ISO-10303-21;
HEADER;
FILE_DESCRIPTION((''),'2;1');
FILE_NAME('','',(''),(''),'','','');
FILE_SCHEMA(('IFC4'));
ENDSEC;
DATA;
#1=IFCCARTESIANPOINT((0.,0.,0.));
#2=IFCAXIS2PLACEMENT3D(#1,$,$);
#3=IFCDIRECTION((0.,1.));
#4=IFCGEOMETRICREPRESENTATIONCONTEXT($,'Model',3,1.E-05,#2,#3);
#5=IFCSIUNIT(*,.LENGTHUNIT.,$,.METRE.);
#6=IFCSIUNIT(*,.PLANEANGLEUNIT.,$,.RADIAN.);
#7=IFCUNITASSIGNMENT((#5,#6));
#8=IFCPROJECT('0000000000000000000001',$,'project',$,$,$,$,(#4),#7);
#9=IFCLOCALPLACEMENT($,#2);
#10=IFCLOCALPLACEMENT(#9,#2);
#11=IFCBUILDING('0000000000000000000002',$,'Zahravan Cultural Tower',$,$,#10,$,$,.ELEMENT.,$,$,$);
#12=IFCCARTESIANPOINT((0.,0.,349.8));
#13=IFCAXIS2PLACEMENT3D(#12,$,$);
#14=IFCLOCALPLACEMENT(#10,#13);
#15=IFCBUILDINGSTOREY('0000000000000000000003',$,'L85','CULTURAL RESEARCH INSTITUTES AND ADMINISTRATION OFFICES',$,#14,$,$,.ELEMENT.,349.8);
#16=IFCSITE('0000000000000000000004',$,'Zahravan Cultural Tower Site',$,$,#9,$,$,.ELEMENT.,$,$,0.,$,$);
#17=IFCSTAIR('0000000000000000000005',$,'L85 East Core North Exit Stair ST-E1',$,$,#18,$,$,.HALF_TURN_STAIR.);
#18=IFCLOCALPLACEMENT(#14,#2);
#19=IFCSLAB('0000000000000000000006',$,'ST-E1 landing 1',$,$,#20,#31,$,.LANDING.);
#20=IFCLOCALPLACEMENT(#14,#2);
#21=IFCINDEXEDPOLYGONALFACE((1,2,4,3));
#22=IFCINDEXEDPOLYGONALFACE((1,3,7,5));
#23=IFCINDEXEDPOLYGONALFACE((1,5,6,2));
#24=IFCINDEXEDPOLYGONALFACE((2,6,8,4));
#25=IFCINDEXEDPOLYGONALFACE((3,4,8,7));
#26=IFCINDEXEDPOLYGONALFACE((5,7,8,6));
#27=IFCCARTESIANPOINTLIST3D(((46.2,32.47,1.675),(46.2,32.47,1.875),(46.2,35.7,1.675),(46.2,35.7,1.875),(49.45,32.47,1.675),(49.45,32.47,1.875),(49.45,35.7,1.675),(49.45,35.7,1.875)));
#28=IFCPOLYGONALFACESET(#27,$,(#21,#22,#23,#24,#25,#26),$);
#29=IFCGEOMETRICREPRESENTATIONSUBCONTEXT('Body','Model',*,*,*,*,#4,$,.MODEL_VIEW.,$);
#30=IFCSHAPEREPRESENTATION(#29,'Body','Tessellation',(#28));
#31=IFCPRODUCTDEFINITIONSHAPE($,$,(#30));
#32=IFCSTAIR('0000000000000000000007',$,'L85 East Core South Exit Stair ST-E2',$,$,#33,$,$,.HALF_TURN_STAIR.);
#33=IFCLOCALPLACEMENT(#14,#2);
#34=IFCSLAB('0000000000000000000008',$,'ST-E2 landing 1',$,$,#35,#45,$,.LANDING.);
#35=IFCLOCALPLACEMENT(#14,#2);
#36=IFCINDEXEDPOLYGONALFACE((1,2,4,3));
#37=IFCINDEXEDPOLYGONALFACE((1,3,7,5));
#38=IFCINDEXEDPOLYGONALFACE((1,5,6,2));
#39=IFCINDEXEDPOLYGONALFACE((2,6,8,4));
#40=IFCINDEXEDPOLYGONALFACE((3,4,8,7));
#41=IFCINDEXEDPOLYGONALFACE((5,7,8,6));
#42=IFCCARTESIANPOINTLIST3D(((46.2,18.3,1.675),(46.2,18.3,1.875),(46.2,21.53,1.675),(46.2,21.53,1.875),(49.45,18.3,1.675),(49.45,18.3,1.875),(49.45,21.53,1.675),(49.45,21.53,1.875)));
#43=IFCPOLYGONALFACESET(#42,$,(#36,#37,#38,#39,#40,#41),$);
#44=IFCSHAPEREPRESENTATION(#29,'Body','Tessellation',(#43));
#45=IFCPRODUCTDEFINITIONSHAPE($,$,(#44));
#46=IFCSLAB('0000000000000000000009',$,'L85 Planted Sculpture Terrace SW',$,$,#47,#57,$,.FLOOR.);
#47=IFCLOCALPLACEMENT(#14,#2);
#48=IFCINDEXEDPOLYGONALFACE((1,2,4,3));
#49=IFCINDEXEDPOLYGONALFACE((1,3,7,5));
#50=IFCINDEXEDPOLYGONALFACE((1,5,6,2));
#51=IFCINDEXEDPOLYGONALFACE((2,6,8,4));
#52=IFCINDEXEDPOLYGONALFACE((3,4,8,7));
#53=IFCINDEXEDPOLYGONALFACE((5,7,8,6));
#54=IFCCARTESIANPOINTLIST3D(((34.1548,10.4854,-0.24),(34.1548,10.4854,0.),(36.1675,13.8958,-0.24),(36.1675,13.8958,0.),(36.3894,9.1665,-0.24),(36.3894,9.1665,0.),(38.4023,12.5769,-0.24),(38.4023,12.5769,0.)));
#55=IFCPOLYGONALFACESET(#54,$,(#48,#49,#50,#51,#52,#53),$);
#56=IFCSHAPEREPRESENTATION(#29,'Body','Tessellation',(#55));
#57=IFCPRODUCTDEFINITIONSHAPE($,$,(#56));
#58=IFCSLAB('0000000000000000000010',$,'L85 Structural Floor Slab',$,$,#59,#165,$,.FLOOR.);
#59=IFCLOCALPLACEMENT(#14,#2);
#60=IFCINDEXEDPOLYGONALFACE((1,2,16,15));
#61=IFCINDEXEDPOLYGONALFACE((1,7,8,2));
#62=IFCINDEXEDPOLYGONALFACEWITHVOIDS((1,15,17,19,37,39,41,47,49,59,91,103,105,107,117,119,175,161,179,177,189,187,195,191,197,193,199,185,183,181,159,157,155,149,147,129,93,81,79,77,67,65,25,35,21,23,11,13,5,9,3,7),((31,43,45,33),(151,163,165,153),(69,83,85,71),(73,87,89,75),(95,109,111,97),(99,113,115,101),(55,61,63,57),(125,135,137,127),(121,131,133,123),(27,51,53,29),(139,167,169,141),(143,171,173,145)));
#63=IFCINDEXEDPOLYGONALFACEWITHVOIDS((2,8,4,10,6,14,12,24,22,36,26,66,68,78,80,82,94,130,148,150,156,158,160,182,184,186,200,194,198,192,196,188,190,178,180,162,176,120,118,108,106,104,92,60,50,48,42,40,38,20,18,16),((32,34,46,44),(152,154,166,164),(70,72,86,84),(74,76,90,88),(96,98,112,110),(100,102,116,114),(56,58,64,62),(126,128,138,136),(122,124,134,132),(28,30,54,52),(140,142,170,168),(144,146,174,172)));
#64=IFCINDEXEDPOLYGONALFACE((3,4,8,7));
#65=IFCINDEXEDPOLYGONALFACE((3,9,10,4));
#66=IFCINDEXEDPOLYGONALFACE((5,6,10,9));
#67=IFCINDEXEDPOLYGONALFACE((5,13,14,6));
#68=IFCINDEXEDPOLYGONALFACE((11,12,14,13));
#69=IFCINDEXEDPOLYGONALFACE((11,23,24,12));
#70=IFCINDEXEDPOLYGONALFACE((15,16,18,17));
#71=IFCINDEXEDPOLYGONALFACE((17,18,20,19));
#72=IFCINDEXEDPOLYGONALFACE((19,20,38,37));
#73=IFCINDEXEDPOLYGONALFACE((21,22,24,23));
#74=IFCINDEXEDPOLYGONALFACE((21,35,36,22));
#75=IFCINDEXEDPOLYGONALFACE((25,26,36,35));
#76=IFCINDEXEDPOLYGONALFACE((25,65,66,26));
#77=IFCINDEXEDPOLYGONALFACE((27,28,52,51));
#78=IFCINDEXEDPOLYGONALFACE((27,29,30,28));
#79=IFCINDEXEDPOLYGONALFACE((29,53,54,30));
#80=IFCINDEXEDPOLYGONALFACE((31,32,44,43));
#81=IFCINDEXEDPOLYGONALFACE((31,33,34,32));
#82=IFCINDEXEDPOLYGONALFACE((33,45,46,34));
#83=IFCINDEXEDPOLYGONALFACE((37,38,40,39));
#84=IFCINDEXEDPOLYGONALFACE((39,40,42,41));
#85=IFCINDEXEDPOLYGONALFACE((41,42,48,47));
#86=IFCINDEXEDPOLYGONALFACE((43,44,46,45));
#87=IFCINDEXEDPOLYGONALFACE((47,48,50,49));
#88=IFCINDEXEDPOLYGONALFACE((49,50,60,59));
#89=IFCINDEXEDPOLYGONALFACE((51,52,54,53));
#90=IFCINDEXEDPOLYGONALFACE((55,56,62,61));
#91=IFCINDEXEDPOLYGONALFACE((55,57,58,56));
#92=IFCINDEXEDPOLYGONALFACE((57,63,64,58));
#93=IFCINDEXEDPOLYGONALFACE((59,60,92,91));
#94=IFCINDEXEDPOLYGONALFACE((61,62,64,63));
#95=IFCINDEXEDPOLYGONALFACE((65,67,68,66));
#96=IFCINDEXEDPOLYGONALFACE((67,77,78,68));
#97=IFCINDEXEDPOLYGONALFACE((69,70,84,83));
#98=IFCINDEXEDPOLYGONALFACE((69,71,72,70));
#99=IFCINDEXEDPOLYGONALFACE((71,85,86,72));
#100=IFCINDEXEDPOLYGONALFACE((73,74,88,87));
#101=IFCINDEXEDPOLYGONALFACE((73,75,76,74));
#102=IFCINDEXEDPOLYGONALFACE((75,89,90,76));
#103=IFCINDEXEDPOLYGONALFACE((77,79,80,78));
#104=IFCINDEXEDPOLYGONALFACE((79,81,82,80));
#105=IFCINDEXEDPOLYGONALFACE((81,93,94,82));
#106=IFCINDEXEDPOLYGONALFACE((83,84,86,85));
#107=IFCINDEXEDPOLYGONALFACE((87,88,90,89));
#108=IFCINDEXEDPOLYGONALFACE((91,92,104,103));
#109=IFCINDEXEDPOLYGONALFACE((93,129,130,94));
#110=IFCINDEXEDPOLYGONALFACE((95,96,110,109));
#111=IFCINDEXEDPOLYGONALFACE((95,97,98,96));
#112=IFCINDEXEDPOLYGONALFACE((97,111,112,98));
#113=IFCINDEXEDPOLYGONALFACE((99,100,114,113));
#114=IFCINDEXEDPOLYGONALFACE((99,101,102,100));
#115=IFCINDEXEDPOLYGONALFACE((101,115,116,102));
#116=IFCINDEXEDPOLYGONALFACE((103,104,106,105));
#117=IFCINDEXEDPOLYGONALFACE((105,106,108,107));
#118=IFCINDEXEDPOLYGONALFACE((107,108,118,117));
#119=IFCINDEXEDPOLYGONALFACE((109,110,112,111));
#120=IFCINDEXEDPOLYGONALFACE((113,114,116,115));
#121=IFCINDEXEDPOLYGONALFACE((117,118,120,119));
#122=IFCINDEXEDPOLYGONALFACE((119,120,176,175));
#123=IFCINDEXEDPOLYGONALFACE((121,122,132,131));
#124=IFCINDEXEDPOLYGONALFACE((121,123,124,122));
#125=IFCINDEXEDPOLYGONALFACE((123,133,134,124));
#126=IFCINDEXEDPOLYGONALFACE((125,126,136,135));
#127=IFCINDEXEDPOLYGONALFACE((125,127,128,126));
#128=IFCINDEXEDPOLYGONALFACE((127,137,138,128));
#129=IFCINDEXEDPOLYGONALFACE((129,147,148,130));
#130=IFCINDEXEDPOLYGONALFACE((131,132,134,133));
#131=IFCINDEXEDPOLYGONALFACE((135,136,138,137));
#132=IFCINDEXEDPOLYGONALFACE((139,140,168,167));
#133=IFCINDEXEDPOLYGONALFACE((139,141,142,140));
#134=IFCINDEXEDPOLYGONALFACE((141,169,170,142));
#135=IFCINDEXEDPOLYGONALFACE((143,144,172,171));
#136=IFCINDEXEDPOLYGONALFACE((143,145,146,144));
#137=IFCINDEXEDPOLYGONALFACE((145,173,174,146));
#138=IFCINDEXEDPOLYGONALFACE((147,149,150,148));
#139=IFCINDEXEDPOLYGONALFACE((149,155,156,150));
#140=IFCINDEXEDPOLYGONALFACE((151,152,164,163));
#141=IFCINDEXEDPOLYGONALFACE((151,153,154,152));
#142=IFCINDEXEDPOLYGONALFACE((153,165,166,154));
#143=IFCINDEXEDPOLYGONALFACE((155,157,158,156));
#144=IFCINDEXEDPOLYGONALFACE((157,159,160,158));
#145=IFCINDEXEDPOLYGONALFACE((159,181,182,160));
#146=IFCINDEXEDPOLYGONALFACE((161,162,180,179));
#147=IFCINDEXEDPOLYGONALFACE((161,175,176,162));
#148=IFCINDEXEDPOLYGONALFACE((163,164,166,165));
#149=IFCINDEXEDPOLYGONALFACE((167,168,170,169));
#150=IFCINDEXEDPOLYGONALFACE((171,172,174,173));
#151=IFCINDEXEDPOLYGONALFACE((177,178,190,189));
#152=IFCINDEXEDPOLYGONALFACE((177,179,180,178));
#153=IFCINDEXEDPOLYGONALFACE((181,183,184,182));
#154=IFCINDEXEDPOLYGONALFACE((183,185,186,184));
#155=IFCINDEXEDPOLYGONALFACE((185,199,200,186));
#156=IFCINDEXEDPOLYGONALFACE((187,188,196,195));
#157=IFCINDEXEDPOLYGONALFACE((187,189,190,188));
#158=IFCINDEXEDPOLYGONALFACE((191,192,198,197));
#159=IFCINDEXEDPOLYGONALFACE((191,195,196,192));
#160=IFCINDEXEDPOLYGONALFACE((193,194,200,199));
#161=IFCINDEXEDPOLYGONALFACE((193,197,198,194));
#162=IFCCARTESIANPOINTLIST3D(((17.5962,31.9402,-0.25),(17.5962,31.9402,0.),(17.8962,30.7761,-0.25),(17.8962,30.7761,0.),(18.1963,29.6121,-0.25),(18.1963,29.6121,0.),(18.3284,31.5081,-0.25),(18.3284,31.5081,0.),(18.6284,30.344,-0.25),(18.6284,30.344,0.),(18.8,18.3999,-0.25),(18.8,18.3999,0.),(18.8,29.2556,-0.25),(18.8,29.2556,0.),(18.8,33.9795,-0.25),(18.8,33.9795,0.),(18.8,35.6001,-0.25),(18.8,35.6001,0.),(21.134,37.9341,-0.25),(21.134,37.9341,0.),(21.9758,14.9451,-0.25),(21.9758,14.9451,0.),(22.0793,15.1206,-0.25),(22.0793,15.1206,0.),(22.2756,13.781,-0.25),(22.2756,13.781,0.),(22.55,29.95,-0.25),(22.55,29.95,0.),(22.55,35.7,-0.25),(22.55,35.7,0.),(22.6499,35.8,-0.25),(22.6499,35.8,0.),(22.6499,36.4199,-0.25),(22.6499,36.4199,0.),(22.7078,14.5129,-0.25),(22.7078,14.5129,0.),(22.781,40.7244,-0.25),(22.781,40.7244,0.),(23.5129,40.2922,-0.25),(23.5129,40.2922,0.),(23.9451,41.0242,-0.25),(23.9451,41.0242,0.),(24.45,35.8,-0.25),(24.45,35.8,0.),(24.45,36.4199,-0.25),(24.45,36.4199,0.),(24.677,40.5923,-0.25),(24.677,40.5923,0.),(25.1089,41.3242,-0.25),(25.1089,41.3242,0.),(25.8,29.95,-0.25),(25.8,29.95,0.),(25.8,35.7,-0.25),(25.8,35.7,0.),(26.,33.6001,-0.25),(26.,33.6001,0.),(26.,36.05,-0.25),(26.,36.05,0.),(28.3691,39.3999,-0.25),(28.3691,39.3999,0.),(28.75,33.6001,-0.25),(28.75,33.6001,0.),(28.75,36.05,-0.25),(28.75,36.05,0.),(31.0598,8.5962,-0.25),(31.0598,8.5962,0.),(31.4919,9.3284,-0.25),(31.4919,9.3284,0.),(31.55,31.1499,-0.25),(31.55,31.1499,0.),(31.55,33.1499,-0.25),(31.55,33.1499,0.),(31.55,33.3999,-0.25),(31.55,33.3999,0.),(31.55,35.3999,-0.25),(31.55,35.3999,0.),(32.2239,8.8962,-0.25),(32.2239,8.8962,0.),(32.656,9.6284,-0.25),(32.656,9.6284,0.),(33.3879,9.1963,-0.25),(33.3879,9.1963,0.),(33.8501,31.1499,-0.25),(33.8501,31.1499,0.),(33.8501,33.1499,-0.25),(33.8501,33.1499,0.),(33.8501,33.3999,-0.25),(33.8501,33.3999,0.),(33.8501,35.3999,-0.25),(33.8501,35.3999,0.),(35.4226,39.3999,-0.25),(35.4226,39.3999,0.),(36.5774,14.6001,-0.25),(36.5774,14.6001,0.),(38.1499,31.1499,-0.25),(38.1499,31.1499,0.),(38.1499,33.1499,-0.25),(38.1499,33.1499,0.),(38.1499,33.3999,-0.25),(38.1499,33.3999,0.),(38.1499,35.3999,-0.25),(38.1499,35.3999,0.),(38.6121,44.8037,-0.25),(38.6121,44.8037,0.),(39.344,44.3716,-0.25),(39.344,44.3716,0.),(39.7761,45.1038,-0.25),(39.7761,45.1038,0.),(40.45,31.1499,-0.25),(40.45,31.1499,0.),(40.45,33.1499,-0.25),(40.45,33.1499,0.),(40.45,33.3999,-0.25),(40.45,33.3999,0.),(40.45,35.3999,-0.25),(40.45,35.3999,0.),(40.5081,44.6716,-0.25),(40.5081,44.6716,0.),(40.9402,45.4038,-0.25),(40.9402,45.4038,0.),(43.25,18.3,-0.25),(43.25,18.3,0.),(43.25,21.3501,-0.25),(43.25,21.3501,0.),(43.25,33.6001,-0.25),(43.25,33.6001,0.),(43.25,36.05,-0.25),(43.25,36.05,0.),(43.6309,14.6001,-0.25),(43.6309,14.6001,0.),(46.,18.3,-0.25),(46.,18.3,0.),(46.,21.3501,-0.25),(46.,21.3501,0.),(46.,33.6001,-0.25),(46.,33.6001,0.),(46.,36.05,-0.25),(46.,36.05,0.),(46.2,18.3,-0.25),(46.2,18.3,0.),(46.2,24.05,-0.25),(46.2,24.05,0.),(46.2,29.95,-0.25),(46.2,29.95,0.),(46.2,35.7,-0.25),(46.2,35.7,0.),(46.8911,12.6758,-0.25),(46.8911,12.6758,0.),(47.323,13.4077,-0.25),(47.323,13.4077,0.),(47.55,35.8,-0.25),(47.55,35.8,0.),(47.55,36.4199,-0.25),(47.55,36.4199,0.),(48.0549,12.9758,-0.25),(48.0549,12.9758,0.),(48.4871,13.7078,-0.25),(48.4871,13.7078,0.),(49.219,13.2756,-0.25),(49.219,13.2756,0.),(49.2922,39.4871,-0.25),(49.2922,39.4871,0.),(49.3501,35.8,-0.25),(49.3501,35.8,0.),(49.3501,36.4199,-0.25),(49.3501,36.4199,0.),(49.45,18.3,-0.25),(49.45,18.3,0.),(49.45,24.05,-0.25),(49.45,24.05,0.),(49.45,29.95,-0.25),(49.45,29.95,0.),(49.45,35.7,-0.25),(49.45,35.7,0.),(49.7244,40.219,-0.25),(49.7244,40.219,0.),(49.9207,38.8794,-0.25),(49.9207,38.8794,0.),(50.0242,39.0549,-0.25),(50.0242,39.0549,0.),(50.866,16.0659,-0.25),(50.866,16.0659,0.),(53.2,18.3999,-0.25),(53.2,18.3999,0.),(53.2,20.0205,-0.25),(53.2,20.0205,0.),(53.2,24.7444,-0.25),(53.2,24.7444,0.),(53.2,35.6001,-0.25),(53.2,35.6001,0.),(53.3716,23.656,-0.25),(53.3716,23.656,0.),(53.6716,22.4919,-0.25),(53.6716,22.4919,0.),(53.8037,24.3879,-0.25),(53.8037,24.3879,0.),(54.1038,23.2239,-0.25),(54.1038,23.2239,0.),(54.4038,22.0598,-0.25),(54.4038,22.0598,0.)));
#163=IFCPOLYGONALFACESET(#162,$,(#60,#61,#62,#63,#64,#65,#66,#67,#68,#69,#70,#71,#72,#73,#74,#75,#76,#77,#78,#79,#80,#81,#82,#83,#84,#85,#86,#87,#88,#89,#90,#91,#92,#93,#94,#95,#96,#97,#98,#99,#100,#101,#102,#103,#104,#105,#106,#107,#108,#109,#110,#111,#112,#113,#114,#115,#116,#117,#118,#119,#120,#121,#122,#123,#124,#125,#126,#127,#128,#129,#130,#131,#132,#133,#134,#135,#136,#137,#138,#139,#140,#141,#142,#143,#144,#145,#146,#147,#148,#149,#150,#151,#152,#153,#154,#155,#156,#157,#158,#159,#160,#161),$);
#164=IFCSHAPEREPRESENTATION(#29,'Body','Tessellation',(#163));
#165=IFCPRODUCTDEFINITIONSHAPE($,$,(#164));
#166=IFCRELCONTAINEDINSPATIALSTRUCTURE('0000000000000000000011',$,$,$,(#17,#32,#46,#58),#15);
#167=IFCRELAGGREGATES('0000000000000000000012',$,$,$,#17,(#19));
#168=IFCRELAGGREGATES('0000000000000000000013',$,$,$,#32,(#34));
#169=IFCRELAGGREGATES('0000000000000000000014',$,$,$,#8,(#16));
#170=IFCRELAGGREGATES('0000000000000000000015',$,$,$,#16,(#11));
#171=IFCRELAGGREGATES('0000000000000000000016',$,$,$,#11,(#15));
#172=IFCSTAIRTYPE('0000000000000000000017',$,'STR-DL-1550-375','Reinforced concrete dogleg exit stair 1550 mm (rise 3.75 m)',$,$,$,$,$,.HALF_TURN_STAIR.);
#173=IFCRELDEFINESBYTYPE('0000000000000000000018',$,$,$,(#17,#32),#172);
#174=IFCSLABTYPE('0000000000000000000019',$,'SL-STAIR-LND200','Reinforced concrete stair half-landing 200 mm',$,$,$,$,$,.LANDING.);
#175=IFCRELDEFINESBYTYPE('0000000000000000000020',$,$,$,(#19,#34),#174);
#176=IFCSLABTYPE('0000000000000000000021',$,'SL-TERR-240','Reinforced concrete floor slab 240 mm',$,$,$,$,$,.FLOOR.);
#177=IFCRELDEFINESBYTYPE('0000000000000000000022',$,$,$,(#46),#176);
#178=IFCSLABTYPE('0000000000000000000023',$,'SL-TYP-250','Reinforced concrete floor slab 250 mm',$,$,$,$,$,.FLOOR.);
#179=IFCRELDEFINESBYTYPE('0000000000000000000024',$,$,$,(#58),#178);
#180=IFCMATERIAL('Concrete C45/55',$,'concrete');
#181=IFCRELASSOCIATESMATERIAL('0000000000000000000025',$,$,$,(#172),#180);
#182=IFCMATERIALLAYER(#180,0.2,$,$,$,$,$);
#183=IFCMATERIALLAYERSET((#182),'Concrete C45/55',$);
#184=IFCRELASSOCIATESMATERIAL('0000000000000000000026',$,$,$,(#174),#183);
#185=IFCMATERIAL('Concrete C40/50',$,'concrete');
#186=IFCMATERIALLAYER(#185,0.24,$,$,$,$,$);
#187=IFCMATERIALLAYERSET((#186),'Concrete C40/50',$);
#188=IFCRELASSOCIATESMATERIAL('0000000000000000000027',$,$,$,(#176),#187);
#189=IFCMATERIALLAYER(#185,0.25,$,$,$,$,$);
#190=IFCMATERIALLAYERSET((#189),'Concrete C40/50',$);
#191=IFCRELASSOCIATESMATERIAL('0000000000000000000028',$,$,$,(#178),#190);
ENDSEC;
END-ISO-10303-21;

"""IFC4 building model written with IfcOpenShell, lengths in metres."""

from ifc_helpers import new_model, si_unit, direction, frame, origin, place, context, subcontext, project, spatial, polyline, outline, extrude, material, layer, layer_set, type_object, element, aggregate, save


model = new_model("IFC4")

# Units and contexts
model_context = context("Model", 3, precision=1e-05, world=origin(), true_north=direction((0.0, 1.0)))
body_context = subcontext(model_context, "Body", "Model", "MODEL_VIEW")
ifc_project = project(units=[si_unit("LENGTHUNIT", "METRE"), si_unit("PLANEANGLEUNIT", "RADIAN")], contexts=[model_context])

# Site, building, storey
site_placement = place(None, origin())
site = spatial("IfcSite", under=ifc_project, at=site_placement, Name="Zahravan Cultural Tower Site", CompositionType="ELEMENT", RefElevation=0.0)
building_placement = place(site_placement, origin())
building = spatial("IfcBuilding", under=site, at=building_placement, Name="Zahravan Cultural Tower", CompositionType="ELEMENT")
storey_placement = place(building_placement, frame((0.0, 0.0, 349.8)))
storey = spatial("IfcBuildingStorey", under=building, at=storey_placement, Name="L85", Description="CULTURAL RESEARCH INSTITUTES AND ADMINISTRATION OFFICES", CompositionType="ELEMENT", Elevation=349.8)

# Stairs, slabs
ifc_material_1 = material(Name="Concrete C45/55", Category="concrete")
stair_type = type_object("IfcStairType", Name="STR-DL-1550-375", Description="Reinforced concrete dogleg exit stair 1550 mm (rise 3.75 m)", PredefinedType="HALF_TURN_STAIR", material=ifc_material_1)
ifc_layer_1 = layer(ifc_material_1, 0.2)
ifc_layer_set_1 = layer_set([ifc_layer_1], Name="Concrete C45/55")
slab_type_1 = type_object("IfcSlabType", Name="SL-STAIR-LND200", Description="Reinforced concrete stair half-landing 200 mm", PredefinedType="LANDING", material=ifc_layer_set_1)
stair_1_placement = place(storey_placement, origin())
stair_1 = element("IfcStair", 1, at=stair_1_placement, inside=storey, type_object=stair_type, Name="L85 East Core North Exit Stair ST-E1", PredefinedType="HALF_TURN_STAIR")
slab_1_placement = place(storey_placement, frame((0.0, 0.0, 1.675)))
slab_1 = element("IfcSlab", 2, at=slab_1_placement, type_object=slab_type_1, Name="ST-E1 landing 1", PredefinedType="LANDING", context=body_context, shape_type="SweptSolid", body=[
    extrude(outline(polyline([(49.45, 32.47), (49.45, 35.7), (46.2, 35.7), (46.2, 32.47), (49.45, 32.47)])), origin(), (0.0, 0.0, 1.0), 0.2),
])
aggregate(stair_1, [slab_1])
stair_2_placement = place(storey_placement, origin())
stair_2 = element("IfcStair", 3, at=stair_2_placement, inside=storey, type_object=stair_type, Name="L85 East Core South Exit Stair ST-E2", PredefinedType="HALF_TURN_STAIR")
slab_2_placement = place(storey_placement, frame((0.0, 0.0, 1.675)))
slab_2 = element("IfcSlab", 4, at=slab_2_placement, type_object=slab_type_1, Name="ST-E2 landing 1", PredefinedType="LANDING", context=body_context, shape_type="SweptSolid", body=[
    extrude(outline(polyline([(46.2, 21.53), (46.2, 18.3), (49.45, 18.3), (49.45, 21.53), (46.2, 21.53)])), origin(), (0.0, 0.0, 1.0), 0.2),
])
aggregate(stair_2, [slab_2])

# Slabs
ifc_material_2 = material(Name="Concrete C40/50", Category="concrete")
ifc_layer_2 = layer(ifc_material_2, 0.24)
ifc_layer_set_2 = layer_set([ifc_layer_2], Name="Concrete C40/50")
slab_type_2 = type_object("IfcSlabType", Name="SL-TERR-240", Description="Reinforced concrete floor slab 240 mm", PredefinedType="FLOOR", material=ifc_layer_set_2)
slab_3_placement = place(storey_placement, frame((0.0, 0.0, -0.24)))
element("IfcSlab", 5, at=slab_3_placement, inside=storey, type_object=slab_type_2, Name="L85 Planted Sculpture Terrace SW", PredefinedType="FLOOR", context=body_context, shape_type="SweptSolid", body=[
    extrude(outline(polyline([(38.4023, 12.5769), (36.1675, 13.8958), (34.1548, 10.4854), (36.3894, 9.1665), (38.4023, 12.5769)])), origin(), (0.0, 0.0, 1.0), 0.24),
])
ifc_layer_3 = layer(ifc_material_2, 0.25)
ifc_layer_set_3 = layer_set([ifc_layer_3], Name="Concrete C40/50")
slab_type_3 = type_object("IfcSlabType", Name="SL-TYP-250", Description="Reinforced concrete floor slab 250 mm", PredefinedType="FLOOR", material=ifc_layer_set_3)
slab_4_placement = place(storey_placement, frame((0.0, 0.0, -0.25)))
element("IfcSlab", 6, at=slab_4_placement, inside=storey, type_object=slab_type_3, Name="L85 Structural Floor Slab", PredefinedType="FLOOR", context=body_context, shape_type="SweptSolid", body=[
    extrude(outline(polyline([(35.4226, 39.3999), (28.3691, 39.3999), (25.1089, 41.3242), (24.677, 40.5923), (23.9451, 41.0242), (23.5129, 40.2922), (22.781, 40.7244), (21.134, 37.9341), (18.8, 35.6001), (18.8, 33.9795), (17.5962, 31.9402), (18.3284, 31.5081), (17.8962, 30.7761), (18.6284, 30.344), (18.1963, 29.6121), (18.8, 29.2556), (18.8, 18.3999), (22.0793, 15.1206), (21.9758, 14.9451), (22.7078, 14.5129), (22.2756, 13.781), (31.0598, 8.5962), (31.4919, 9.3284), (32.2239, 8.8962), (32.656, 9.6284), (33.3879, 9.1963), (36.5774, 14.6001), (43.6309, 14.6001), (46.8911, 12.6758), (47.323, 13.4077), (48.0549, 12.9758), (48.4871, 13.7078), (49.219, 13.2756), (50.866, 16.0659), (53.2, 18.3999), (53.2, 20.0205), (54.4038, 22.0598), (53.6716, 22.4919), (54.1038, 23.2239), (53.3716, 23.656), (53.8037, 24.3879), (53.2, 24.7444), (53.2, 35.6001), (49.9207, 38.8794), (50.0242, 39.0549), (49.2922, 39.4871), (49.7244, 40.219), (40.9402, 45.4038), (40.5081, 44.6716), (39.7761, 45.1038), (39.344, 44.3716), (38.6121, 44.8037), (35.4226, 39.3999)]), holes=[polyline([(22.55, 29.95), (22.55, 35.7), (25.8, 35.7), (25.8, 29.95), (22.55, 29.95)]), polyline([(46.2, 29.95), (46.2, 35.7), (49.45, 35.7), (49.45, 29.95), (46.2, 29.95)]), polyline([(46.2, 18.3), (46.2, 24.05), (49.45, 24.05), (49.45, 18.3), (46.2, 18.3)]), polyline([(26.0, 33.6001), (26.0, 36.05), (28.75, 36.05), (28.75, 33.6001), (26.0, 33.6001)]), polyline([(43.25, 33.6001), (43.25, 36.05), (46.0, 36.05), (46.0, 33.6001), (43.25, 33.6001)]), polyline([(43.25, 18.3), (43.25, 21.3501), (46.0, 21.3501), (46.0, 18.3), (43.25, 18.3)]), polyline([(31.55, 33.3999), (31.55, 35.3999), (33.8501, 35.3999), (33.8501, 33.3999), (31.55, 33.3999)]), polyline([(31.55, 31.1499), (31.55, 33.1499), (33.8501, 33.1499), (33.8501, 31.1499), (31.55, 31.1499)]), polyline([(38.1499, 33.3999), (38.1499, 35.3999), (40.45, 35.3999), (40.45, 33.3999), (38.1499, 33.3999)]), polyline([(38.1499, 31.1499), (38.1499, 33.1499), (40.45, 33.1499), (40.45, 31.1499), (38.1499, 31.1499)]), polyline([(22.6499, 35.8), (22.6499, 36.4199), (24.45, 36.4199), (24.45, 35.8), (22.6499, 35.8)]), polyline([(47.55, 35.8), (47.55, 36.4199), (49.3501, 36.4199), (49.3501, 35.8), (47.55, 35.8)])]), origin(), (0.0, 0.0, 1.0), 0.25),
])

save(model, "model.ifc")
